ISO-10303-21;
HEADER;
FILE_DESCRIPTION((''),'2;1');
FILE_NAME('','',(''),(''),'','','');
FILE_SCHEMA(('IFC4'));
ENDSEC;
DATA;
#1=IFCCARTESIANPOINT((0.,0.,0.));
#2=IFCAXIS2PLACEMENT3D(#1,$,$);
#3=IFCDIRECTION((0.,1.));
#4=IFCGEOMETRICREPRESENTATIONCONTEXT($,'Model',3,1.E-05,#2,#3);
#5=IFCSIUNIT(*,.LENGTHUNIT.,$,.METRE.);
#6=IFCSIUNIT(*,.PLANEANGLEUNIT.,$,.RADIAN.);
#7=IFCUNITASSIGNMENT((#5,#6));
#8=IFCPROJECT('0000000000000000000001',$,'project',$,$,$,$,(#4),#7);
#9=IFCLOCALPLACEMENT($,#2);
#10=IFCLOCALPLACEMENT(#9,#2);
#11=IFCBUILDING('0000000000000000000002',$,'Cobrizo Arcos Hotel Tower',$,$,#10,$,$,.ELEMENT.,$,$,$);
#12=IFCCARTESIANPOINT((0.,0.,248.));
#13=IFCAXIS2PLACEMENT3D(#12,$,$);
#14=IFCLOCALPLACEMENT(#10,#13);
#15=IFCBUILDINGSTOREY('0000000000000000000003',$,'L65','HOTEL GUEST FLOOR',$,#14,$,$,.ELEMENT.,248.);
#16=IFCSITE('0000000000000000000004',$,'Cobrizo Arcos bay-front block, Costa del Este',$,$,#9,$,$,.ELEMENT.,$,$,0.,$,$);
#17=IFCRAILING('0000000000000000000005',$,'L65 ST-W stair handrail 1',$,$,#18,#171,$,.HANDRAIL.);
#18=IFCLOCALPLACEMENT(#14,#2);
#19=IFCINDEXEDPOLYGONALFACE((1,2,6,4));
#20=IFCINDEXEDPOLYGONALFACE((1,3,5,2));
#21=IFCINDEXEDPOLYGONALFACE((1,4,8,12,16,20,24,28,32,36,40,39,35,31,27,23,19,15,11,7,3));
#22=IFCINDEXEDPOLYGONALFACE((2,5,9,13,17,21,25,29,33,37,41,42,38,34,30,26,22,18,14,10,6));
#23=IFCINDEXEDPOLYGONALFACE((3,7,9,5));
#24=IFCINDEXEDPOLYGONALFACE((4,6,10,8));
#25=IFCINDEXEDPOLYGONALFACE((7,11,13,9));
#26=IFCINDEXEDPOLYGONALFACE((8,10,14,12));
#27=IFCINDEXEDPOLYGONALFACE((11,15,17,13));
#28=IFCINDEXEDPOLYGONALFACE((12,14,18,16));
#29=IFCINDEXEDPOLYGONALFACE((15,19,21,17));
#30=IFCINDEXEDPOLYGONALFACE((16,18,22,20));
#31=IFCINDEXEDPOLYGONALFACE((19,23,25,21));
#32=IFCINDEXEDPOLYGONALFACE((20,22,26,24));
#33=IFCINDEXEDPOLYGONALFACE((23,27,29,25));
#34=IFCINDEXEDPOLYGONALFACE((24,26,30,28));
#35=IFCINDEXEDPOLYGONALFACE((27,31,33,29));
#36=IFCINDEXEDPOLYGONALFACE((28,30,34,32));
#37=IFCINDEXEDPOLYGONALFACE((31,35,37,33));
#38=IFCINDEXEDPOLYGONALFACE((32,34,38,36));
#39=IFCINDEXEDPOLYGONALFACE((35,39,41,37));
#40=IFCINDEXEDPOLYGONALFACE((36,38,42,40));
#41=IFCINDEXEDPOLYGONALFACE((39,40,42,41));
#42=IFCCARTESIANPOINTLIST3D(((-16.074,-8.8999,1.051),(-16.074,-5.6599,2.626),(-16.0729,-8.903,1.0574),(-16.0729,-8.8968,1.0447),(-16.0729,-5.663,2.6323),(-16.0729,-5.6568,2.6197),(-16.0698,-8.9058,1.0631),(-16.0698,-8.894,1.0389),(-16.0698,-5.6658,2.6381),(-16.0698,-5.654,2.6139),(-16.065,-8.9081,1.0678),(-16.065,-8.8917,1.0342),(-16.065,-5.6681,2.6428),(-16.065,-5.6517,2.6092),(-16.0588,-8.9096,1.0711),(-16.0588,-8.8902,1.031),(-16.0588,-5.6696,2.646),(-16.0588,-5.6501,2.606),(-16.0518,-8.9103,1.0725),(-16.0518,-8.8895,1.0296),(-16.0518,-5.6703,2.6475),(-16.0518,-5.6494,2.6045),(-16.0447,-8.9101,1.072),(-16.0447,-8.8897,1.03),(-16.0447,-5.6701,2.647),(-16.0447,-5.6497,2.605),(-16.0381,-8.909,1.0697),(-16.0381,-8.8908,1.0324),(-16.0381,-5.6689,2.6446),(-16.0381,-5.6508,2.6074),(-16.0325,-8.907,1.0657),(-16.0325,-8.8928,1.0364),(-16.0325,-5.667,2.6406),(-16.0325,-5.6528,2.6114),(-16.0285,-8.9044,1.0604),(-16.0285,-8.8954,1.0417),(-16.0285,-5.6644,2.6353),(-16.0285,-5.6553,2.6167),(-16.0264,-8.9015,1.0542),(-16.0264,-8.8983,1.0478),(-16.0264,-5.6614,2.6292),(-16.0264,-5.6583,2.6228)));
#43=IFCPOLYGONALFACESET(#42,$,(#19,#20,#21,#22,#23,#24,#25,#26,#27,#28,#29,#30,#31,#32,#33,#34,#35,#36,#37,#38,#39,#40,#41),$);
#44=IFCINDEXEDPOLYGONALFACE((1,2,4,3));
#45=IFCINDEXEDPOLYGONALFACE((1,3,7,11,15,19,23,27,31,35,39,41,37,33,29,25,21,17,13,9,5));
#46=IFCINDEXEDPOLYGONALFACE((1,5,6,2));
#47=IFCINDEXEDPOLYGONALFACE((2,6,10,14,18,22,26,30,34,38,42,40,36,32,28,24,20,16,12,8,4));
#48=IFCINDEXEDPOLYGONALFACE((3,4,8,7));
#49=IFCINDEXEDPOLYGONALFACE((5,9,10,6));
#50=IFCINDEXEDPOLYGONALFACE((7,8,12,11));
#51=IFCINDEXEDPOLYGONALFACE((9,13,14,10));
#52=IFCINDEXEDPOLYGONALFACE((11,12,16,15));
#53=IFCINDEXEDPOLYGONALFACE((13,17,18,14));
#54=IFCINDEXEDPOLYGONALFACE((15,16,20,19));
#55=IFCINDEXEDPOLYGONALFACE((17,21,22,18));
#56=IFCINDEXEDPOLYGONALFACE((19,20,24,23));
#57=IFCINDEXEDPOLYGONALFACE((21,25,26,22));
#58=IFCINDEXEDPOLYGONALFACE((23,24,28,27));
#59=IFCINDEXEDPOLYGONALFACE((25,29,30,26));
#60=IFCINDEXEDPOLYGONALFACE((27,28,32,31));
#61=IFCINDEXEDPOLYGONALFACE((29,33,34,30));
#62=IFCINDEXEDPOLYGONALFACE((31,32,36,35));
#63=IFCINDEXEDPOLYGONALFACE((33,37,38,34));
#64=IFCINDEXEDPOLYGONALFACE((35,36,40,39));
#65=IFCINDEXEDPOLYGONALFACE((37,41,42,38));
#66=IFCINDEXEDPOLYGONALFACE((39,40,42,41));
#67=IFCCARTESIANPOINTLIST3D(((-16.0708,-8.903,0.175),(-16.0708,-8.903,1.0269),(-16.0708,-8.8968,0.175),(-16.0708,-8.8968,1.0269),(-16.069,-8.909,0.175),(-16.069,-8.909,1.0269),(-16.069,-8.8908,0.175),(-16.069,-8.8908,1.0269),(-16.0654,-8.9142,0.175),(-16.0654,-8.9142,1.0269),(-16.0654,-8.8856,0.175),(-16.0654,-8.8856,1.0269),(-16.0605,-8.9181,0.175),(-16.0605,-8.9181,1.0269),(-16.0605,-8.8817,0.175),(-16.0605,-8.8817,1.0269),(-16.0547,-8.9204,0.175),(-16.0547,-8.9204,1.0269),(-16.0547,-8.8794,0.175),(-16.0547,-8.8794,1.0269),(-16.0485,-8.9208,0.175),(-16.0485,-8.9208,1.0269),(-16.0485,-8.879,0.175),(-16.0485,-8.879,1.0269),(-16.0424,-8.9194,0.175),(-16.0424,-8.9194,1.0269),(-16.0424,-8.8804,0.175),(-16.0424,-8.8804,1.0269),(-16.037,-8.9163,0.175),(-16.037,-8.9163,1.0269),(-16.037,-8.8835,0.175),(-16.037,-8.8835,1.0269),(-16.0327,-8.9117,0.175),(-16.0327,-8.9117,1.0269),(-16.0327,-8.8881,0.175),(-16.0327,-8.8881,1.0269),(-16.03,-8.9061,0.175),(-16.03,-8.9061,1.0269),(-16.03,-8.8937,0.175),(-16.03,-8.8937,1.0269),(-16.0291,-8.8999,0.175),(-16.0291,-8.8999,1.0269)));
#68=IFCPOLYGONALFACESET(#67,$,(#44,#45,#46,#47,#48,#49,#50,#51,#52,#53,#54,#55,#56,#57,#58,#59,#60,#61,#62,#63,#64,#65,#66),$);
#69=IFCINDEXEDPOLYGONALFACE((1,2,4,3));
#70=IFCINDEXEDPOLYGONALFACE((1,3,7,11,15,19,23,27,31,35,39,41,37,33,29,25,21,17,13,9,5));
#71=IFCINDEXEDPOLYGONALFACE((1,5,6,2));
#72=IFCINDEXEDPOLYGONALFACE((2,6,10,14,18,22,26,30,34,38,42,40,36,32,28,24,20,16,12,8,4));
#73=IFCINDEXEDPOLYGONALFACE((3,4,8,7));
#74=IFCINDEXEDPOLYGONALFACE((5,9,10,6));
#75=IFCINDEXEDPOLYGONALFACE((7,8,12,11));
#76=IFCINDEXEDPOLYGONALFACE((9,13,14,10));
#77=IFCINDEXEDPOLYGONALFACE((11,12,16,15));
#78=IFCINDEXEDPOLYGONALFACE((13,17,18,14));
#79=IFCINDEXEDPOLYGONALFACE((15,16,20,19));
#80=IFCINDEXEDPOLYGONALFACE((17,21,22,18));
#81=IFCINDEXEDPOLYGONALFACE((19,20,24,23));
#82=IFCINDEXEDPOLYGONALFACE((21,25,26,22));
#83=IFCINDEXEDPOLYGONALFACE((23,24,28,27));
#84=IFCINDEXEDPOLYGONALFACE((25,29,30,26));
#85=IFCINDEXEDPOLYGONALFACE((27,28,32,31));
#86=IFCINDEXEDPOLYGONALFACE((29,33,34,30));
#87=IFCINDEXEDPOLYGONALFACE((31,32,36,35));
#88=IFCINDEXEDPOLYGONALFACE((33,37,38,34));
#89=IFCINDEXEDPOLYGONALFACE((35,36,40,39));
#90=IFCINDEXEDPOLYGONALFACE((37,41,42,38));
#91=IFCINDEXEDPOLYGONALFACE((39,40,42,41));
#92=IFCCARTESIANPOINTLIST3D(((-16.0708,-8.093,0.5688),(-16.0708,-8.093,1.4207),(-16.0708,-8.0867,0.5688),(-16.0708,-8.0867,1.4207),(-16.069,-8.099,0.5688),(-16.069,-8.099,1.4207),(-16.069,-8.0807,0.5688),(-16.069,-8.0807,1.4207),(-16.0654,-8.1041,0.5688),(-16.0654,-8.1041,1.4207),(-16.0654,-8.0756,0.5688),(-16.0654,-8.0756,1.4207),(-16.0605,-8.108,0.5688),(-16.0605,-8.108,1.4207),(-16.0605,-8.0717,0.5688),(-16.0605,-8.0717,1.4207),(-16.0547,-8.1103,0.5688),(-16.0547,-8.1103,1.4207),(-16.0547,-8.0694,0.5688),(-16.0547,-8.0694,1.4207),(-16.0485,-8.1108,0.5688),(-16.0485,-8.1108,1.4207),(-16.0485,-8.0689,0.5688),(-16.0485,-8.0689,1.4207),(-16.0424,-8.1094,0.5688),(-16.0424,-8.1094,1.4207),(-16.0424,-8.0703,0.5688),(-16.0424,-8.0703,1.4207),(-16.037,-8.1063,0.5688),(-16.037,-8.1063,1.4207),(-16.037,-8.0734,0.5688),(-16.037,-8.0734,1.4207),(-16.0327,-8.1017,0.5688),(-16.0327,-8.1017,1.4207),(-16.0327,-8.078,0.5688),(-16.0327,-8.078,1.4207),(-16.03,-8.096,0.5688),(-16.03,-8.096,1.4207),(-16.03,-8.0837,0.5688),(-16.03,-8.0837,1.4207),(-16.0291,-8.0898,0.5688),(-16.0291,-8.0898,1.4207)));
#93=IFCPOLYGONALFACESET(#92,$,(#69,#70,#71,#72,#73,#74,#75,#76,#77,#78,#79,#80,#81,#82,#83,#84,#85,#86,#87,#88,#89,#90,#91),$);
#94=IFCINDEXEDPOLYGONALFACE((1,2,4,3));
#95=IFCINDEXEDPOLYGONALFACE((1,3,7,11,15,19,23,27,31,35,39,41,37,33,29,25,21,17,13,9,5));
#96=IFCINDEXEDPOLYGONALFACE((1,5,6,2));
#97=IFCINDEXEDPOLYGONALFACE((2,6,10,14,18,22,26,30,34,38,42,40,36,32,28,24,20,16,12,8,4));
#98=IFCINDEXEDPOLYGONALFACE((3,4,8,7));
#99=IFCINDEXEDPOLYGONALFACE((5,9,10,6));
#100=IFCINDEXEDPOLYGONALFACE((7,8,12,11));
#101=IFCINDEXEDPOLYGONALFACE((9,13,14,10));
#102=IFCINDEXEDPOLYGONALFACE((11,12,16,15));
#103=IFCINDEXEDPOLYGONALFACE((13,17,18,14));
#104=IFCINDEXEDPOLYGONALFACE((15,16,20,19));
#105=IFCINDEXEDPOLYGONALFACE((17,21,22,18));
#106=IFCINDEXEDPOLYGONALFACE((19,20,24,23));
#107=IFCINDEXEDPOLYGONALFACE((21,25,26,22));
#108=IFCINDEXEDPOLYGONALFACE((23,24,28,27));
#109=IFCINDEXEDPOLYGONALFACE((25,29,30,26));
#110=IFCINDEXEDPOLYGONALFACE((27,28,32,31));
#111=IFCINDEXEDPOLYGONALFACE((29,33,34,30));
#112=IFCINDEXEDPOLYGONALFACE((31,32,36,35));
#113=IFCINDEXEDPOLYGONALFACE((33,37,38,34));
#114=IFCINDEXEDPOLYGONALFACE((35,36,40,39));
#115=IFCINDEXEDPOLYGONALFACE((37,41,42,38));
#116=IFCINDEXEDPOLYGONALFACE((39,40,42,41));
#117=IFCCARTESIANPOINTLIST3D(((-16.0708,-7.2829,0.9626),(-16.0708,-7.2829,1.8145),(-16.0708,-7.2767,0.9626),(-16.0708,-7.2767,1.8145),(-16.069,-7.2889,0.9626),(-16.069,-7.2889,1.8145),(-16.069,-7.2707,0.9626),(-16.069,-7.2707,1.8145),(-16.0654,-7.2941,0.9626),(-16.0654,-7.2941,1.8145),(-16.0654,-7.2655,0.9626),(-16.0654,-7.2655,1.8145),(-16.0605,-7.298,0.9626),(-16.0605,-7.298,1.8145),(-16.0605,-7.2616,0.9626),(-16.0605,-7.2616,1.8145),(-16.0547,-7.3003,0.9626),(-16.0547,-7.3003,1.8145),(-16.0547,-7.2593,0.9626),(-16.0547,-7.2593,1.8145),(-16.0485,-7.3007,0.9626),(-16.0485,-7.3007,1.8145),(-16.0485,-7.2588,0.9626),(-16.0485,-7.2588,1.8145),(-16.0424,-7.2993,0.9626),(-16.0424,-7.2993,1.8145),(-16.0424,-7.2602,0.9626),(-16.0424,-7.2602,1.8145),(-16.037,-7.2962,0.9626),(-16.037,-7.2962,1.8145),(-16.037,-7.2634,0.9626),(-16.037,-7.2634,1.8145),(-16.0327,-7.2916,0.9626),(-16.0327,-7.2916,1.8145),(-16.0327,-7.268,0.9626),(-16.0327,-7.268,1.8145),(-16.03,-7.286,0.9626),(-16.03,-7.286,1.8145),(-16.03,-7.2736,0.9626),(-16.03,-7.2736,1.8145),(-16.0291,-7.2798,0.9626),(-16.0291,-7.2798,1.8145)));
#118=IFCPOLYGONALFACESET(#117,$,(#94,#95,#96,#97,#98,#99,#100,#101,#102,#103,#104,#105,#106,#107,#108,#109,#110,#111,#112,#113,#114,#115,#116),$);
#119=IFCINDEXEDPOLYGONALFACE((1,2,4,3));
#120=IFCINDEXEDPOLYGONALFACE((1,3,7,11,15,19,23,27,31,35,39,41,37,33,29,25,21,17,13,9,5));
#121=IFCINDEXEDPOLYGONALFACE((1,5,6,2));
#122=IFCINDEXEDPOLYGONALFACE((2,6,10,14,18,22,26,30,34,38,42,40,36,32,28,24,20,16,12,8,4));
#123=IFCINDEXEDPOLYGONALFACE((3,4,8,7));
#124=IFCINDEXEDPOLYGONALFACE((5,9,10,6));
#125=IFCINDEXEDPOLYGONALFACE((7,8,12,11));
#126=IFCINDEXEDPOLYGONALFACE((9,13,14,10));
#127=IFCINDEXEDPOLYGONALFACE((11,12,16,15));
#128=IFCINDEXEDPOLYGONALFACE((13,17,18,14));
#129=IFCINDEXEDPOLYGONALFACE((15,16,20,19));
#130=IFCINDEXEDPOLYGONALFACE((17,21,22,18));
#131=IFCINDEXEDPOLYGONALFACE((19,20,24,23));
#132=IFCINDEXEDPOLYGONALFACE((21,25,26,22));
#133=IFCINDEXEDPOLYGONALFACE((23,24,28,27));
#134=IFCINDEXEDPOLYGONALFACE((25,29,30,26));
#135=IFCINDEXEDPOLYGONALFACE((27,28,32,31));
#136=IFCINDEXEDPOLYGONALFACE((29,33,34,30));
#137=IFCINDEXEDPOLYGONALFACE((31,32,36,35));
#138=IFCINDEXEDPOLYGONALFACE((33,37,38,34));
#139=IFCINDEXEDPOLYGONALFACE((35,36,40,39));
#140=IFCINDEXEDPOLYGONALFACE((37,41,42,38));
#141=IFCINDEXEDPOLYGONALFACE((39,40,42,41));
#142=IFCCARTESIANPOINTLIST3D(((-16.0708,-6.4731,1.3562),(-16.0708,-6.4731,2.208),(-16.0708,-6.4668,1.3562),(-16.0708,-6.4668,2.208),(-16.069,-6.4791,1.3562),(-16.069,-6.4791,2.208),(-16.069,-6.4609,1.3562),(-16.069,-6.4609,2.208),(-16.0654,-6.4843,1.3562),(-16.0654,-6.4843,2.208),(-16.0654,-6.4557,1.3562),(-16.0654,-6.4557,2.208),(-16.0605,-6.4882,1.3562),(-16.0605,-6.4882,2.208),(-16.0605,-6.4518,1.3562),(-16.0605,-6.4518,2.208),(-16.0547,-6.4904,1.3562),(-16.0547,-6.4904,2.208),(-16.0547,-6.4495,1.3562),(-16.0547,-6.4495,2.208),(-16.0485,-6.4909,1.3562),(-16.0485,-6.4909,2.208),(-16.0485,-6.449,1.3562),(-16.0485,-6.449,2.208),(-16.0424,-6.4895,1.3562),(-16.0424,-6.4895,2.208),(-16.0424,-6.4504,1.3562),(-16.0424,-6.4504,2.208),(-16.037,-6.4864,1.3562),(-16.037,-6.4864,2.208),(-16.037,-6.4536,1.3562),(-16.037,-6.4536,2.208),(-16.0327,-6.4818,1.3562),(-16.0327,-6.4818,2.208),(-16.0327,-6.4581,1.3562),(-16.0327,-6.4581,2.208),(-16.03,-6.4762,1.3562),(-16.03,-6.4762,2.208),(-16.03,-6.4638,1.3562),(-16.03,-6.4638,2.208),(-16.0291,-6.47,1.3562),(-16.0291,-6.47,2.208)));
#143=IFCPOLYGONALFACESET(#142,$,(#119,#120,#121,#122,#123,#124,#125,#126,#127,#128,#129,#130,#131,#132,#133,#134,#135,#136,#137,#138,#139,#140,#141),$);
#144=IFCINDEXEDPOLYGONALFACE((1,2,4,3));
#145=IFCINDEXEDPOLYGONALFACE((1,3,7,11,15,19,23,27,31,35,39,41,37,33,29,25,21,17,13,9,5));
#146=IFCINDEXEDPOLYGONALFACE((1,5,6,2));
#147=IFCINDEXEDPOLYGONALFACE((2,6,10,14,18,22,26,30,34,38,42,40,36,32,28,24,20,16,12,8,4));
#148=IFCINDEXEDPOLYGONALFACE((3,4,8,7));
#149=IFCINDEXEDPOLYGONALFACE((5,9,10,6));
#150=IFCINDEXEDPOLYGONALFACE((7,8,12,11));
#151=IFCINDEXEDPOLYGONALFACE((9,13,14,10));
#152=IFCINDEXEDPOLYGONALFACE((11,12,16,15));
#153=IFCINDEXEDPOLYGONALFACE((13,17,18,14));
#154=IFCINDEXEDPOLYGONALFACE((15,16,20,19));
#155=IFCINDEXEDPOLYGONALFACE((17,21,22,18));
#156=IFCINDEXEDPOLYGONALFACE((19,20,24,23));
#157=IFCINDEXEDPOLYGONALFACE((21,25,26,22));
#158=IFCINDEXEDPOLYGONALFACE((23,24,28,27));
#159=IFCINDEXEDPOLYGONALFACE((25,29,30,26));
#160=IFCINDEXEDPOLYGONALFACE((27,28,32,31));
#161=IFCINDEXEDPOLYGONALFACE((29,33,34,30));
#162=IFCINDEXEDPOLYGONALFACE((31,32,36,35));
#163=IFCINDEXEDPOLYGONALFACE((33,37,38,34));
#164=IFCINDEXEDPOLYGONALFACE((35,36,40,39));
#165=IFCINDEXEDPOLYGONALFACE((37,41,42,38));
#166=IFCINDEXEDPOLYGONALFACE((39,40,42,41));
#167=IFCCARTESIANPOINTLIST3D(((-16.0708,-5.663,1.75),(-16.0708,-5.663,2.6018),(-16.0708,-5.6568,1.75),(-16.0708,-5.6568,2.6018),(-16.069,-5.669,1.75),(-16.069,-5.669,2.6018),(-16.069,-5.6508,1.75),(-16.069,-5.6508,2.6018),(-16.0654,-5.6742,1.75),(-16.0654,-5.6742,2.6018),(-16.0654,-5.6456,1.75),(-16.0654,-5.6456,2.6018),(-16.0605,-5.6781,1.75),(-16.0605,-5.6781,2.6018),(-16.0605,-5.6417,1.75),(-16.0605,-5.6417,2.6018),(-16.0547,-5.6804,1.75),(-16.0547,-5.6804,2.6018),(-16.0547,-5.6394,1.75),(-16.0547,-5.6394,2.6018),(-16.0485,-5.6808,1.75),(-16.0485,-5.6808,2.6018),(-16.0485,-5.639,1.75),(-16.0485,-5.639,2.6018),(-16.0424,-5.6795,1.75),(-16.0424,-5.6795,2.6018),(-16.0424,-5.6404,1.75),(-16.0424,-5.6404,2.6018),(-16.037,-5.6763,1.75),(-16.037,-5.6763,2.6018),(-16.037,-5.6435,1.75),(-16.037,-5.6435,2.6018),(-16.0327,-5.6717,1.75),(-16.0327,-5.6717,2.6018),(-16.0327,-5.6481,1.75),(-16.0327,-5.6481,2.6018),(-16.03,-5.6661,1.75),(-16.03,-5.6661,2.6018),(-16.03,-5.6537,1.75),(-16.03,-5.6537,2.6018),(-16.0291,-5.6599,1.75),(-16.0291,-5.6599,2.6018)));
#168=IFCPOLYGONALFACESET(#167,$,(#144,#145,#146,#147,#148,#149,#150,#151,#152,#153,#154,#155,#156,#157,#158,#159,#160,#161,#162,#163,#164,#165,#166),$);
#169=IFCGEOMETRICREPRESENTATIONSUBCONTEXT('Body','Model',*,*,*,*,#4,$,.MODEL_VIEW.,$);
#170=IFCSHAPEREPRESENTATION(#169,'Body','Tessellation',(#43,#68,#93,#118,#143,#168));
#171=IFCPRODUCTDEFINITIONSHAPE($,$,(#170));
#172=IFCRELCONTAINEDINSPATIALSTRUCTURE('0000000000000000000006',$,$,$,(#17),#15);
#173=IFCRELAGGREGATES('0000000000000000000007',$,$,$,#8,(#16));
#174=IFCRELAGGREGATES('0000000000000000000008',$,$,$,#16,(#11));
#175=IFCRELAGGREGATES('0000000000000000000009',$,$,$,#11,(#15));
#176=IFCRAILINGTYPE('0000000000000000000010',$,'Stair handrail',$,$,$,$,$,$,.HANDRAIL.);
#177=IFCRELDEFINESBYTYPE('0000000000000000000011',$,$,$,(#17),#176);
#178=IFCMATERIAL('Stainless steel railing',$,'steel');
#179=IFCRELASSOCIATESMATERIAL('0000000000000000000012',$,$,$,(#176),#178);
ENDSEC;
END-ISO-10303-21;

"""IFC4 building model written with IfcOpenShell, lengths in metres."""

from ifc_helpers import new_model, si_unit, direction, frame, origin, origin_2d, place, context, subcontext, project, spatial, circle, extrude, material, type_object, element, save


model = new_model("IFC4")

# Units and contexts
model_context = context("Model", 3, precision=1e-05, world=origin(), true_north=direction((0.0, 1.0)))
body_context = subcontext(model_context, "Body", "Model", "MODEL_VIEW")
ifc_project = project(units=[si_unit("LENGTHUNIT", "METRE"), si_unit("PLANEANGLEUNIT", "RADIAN")], contexts=[model_context])

# Site, building, storey
site_placement = place(None, origin())
site = spatial("IfcSite", under=ifc_project, at=site_placement, Name="Cobrizo Arcos bay-front block, Costa del Este", CompositionType="ELEMENT", RefElevation=0.0)
building_placement = place(site_placement, origin())
building = spatial("IfcBuilding", under=site, at=building_placement, Name="Cobrizo Arcos Hotel Tower", CompositionType="ELEMENT")
storey_placement = place(building_placement, frame((0.0, 0.0, 248.0)))
storey = spatial("IfcBuildingStorey", under=building, at=storey_placement, Name="L65", Description="HOTEL GUEST FLOOR", CompositionType="ELEMENT", Elevation=248.0)

# Railing
ifc_material_1 = material(Name="Stainless steel railing", Category="steel")
railing_type_1 = type_object("IfcRailingType", Name="Stair handrail", PredefinedType="HANDRAIL", material=ifc_material_1)
railing_1_placement = place(storey_placement, frame((-16.05, -8.8999, 0.175)))
element("IfcRailing", 1, at=railing_1_placement, inside=storey, type_object=railing_type_1, Name="L65 ST-W stair handrail 1", PredefinedType="HANDRAIL", context=body_context, shape_type="SweptSolid", body=[
    extrude(circle(Radius=0.0239, at=origin_2d()), frame((0.0, 0.0, 0.876), z_axis=(0.0, 0.899373, 0.437183), x_axis=(-1.0, 0.0, 0.0)), (0.0, 0.0, 1.0), 3.6025),
    extrude(circle(Radius=0.021, at=origin_2d()), origin(), (0.0, 0.0, 1.0), 0.8518),
    extrude(circle(Radius=0.021, at=origin_2d()), frame((0.0, 0.8101, 0.3938)), (0.0, 0.0, 1.0), 0.8518),
    extrude(circle(Radius=0.021, at=origin_2d()), frame((0.0, 1.6201, 0.7876)), (0.0, 0.0, 1.0), 0.8518),
    extrude(circle(Radius=0.021, at=origin_2d()), frame((0.0, 2.4299, 1.1812)), (0.0, 0.0, 1.0), 0.8518),
    extrude(circle(Radius=0.021, at=origin_2d()), frame((0.0, 3.24, 1.575)), (0.0, 0.0, 1.0), 0.8518),
])

save(model, "model.ifc")
